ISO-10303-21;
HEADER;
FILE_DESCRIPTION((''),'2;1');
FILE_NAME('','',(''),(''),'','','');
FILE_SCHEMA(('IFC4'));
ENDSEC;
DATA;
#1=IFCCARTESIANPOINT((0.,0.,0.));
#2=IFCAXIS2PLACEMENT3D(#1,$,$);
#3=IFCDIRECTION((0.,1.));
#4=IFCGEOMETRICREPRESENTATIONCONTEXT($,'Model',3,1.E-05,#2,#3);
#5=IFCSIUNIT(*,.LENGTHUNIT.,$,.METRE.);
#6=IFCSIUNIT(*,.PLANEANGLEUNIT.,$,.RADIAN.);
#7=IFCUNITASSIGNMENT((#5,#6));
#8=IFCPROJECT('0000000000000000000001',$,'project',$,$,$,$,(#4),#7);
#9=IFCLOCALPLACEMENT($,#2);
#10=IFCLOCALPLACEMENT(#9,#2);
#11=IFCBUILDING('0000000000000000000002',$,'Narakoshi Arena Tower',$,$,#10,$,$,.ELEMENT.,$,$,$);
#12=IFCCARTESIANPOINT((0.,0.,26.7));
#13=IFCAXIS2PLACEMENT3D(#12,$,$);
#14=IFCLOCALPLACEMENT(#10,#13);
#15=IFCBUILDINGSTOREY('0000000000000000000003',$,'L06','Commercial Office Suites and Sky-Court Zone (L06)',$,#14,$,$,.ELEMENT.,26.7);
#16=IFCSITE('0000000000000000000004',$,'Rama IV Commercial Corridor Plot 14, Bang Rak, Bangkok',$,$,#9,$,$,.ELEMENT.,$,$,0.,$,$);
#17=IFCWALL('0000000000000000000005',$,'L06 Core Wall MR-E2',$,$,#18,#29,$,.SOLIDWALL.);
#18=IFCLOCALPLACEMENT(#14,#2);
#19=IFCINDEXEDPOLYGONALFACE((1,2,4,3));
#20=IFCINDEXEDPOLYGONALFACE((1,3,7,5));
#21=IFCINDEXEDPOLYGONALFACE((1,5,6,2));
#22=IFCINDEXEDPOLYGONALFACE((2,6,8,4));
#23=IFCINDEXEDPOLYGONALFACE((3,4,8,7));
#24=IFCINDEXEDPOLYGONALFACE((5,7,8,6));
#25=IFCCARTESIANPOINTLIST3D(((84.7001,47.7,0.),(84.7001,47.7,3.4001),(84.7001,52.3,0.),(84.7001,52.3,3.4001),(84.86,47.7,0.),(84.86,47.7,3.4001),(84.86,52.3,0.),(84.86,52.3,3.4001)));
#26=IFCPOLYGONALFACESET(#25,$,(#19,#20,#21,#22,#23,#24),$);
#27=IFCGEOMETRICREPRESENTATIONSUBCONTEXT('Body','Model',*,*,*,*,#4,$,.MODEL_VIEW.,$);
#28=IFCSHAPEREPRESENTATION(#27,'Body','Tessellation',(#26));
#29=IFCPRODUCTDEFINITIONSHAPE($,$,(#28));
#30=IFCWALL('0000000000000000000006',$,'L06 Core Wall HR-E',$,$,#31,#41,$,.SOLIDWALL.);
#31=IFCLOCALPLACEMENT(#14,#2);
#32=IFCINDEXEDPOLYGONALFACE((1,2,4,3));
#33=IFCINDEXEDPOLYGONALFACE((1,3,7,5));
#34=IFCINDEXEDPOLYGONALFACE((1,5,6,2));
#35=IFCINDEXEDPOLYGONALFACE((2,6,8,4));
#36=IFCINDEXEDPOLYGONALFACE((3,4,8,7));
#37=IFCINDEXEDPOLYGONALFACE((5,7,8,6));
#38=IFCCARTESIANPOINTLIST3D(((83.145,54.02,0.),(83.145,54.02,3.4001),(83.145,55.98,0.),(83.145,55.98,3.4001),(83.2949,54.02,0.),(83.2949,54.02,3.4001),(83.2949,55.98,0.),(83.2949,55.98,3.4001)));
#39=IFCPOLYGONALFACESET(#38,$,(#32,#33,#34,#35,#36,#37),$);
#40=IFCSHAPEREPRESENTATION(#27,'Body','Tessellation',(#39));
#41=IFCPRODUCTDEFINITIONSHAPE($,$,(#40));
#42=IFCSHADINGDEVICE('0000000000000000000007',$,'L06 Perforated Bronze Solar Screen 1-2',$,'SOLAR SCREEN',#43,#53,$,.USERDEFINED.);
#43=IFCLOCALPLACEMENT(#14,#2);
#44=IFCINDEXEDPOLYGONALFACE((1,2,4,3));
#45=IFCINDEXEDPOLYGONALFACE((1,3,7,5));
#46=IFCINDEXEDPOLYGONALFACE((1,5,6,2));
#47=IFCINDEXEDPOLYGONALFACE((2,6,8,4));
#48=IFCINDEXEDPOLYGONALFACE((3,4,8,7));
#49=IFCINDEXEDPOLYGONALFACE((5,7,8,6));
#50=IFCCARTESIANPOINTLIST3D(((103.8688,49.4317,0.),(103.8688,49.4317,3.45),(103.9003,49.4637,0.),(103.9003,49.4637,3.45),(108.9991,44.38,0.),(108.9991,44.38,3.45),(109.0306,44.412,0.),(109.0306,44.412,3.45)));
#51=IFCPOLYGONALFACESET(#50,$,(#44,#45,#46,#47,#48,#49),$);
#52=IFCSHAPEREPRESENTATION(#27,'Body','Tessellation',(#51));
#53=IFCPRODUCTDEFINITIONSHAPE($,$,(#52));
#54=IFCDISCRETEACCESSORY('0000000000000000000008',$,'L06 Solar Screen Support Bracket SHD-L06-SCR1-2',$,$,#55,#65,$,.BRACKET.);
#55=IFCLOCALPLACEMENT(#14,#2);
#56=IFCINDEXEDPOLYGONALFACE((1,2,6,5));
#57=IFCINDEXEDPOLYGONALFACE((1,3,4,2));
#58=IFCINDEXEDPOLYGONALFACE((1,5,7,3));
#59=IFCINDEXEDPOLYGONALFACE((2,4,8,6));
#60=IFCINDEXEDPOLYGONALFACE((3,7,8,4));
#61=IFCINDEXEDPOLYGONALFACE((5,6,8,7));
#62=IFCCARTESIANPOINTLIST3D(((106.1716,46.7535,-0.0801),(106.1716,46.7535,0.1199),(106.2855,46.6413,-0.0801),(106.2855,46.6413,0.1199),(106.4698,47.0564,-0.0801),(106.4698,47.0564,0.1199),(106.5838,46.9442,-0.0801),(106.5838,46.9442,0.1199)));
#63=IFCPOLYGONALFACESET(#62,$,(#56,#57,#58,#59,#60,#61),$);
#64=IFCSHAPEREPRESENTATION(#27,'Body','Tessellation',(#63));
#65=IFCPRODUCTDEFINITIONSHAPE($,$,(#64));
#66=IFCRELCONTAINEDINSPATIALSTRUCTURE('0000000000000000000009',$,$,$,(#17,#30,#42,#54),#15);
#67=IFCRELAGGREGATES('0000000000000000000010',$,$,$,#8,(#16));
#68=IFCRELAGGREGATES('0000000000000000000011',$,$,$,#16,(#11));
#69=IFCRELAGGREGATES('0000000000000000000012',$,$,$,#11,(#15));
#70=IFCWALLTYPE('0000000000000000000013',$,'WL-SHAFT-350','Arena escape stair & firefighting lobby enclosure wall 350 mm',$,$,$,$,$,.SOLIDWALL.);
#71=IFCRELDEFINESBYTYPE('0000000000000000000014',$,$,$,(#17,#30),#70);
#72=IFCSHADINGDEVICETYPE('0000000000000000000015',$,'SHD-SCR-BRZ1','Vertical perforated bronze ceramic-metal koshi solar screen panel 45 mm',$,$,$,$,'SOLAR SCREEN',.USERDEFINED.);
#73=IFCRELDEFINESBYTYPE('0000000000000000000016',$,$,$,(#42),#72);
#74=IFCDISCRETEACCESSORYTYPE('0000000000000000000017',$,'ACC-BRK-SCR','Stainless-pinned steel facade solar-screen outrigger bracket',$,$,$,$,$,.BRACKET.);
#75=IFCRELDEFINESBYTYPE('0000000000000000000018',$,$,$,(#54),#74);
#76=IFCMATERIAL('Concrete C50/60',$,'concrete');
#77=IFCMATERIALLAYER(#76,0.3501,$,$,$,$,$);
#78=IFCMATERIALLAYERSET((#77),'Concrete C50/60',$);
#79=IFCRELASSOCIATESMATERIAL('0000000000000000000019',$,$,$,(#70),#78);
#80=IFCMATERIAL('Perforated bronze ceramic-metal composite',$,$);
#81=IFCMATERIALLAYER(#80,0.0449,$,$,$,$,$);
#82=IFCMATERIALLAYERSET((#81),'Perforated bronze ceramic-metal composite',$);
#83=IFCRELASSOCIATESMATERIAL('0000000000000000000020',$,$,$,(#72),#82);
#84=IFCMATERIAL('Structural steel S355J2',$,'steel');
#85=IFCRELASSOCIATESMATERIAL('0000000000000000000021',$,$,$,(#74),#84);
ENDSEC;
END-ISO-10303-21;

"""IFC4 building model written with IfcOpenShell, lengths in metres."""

from ifc_helpers import new_model, si_unit, direction, frame, frame_2d, origin, origin_2d, place, context, subcontext, project, spatial, rectangle, extrude, material, layer, layer_set, type_object, element, save


model = new_model("IFC4")

# Units and contexts
model_context = context("Model", 3, precision=1e-05, world=origin(), true_north=direction((0.0, 1.0)))
body_context = subcontext(model_context, "Body", "Model", "MODEL_VIEW")
ifc_project = project(units=[si_unit("LENGTHUNIT", "METRE"), si_unit("PLANEANGLEUNIT", "RADIAN")], contexts=[model_context])

# Site, building, storey
site_placement = place(None, origin())
site = spatial("IfcSite", under=ifc_project, at=site_placement, Name="Rama IV Commercial Corridor Plot 14, Bang Rak, Bangkok", CompositionType="ELEMENT", RefElevation=0.0)
building_placement = place(site_placement, origin())
building = spatial("IfcBuilding", under=site, at=building_placement, Name="Narakoshi Arena Tower", CompositionType="ELEMENT")
storey_placement = place(building_placement, frame((0.0, 0.0, 26.7)))
storey = spatial("IfcBuildingStorey", under=building, at=storey_placement, Name="L06", Description="Commercial Office Suites and Sky-Court Zone (L06)", CompositionType="ELEMENT", Elevation=26.7)

# Shared definitions
ifc_material_1 = material(Name="Structural steel S355J2", Category="steel")

# Walls
ifc_material_2 = material(Name="Concrete C50/60", Category="concrete")
ifc_layer_1 = layer(ifc_material_2, 0.3501)
ifc_layer_set_1 = layer_set([ifc_layer_1], Name="Concrete C50/60")
wall_type_1 = type_object("IfcWallType", Name="WL-SHAFT-350", Description="Arena escape stair & firefighting lobby enclosure wall 350 mm", PredefinedType="SOLIDWALL", material=ifc_layer_set_1)
wall_1_placement = place(storey_placement, frame((84.78, 47.7, 0.0), z_axis=(0.0, 0.0, 1.0), x_axis=(0.0, 1.0, 0.0)))
element("IfcWall", 1, at=wall_1_placement, inside=storey, type_object=wall_type_1, Name="L06 Core Wall MR-E2", PredefinedType="SOLIDWALL", context=body_context, shape_type="SweptSolid", body=[
    extrude(rectangle(XDim=4.6001, YDim=0.1599, at=frame_2d((2.3, 0.0))), origin(), (0.0, 0.0, 1.0), 3.4001),
])
wall_2_placement = place(storey_placement, frame((83.22, 54.02, 0.0), z_axis=(0.0, 0.0, 1.0), x_axis=(0.0, 1.0, 0.0)))
element("IfcWall", 2, at=wall_2_placement, inside=storey, type_object=wall_type_1, Name="L06 Core Wall HR-E", PredefinedType="SOLIDWALL", context=body_context, shape_type="SweptSolid", body=[
    extrude(rectangle(XDim=1.96, YDim=0.1499, at=frame_2d((0.98, 0.0))), origin(), (0.0, 0.0, 1.0), 3.4001),
])

# Shading device
ifc_material_3 = material(Name="Perforated bronze ceramic-metal composite")
ifc_layer_2 = layer(ifc_material_3, 0.0449)
ifc_layer_set_2 = layer_set([ifc_layer_2], Name="Perforated bronze ceramic-metal composite")
shading_device_type = type_object("IfcShadingDeviceType", Name="SHD-SCR-BRZ1", Description="Vertical perforated bronze ceramic-metal koshi solar screen panel 45 mm", ElementType="SOLAR SCREEN", PredefinedType="USERDEFINED", material=ifc_layer_set_2)
shading_device_placement = place(storey_placement, frame((106.4497, 46.9219, 0.0), z_axis=(0.0, 0.0, 1.0), x_axis=(-0.712541, 0.701631, 0.0)))
element("IfcShadingDevice", 3, at=shading_device_placement, inside=storey, type_object=shading_device_type, Name="L06 Perforated Bronze Solar Screen 1-2", ObjectType="SOLAR SCREEN", PredefinedType="USERDEFINED", context=body_context, shape_type="SweptSolid", body=[
    extrude(rectangle(XDim=7.2, YDim=0.0449, at=origin_2d()), origin(), (0.0, 0.0, 1.0), 3.45),
])

# Discrete accessory
discrete_accessory_type = type_object("IfcDiscreteAccessoryType", Name="ACC-BRK-SCR", Description="Stainless-pinned steel facade solar-screen outrigger bracket", PredefinedType="BRACKET", material=ifc_material_1)
discrete_accessory_placement = place(storey_placement, frame((106.3777, 46.8489, -0.0801), z_axis=(0.0, 0.0, 1.0), x_axis=(-0.712541, 0.701631, 0.0)))
element("IfcDiscreteAccessory", 4, at=discrete_accessory_placement, inside=storey, type_object=discrete_accessory_type, Name="L06 Solar Screen Support Bracket SHD-L06-SCR1-2", PredefinedType="BRACKET", context=body_context, shape_type="SweptSolid", body=[
    extrude(rectangle(XDim=0.1599, YDim=0.425, at=origin_2d()), origin(), (0.0, 0.0, 1.0), 0.2),
])

save(model, "model.ifc")
